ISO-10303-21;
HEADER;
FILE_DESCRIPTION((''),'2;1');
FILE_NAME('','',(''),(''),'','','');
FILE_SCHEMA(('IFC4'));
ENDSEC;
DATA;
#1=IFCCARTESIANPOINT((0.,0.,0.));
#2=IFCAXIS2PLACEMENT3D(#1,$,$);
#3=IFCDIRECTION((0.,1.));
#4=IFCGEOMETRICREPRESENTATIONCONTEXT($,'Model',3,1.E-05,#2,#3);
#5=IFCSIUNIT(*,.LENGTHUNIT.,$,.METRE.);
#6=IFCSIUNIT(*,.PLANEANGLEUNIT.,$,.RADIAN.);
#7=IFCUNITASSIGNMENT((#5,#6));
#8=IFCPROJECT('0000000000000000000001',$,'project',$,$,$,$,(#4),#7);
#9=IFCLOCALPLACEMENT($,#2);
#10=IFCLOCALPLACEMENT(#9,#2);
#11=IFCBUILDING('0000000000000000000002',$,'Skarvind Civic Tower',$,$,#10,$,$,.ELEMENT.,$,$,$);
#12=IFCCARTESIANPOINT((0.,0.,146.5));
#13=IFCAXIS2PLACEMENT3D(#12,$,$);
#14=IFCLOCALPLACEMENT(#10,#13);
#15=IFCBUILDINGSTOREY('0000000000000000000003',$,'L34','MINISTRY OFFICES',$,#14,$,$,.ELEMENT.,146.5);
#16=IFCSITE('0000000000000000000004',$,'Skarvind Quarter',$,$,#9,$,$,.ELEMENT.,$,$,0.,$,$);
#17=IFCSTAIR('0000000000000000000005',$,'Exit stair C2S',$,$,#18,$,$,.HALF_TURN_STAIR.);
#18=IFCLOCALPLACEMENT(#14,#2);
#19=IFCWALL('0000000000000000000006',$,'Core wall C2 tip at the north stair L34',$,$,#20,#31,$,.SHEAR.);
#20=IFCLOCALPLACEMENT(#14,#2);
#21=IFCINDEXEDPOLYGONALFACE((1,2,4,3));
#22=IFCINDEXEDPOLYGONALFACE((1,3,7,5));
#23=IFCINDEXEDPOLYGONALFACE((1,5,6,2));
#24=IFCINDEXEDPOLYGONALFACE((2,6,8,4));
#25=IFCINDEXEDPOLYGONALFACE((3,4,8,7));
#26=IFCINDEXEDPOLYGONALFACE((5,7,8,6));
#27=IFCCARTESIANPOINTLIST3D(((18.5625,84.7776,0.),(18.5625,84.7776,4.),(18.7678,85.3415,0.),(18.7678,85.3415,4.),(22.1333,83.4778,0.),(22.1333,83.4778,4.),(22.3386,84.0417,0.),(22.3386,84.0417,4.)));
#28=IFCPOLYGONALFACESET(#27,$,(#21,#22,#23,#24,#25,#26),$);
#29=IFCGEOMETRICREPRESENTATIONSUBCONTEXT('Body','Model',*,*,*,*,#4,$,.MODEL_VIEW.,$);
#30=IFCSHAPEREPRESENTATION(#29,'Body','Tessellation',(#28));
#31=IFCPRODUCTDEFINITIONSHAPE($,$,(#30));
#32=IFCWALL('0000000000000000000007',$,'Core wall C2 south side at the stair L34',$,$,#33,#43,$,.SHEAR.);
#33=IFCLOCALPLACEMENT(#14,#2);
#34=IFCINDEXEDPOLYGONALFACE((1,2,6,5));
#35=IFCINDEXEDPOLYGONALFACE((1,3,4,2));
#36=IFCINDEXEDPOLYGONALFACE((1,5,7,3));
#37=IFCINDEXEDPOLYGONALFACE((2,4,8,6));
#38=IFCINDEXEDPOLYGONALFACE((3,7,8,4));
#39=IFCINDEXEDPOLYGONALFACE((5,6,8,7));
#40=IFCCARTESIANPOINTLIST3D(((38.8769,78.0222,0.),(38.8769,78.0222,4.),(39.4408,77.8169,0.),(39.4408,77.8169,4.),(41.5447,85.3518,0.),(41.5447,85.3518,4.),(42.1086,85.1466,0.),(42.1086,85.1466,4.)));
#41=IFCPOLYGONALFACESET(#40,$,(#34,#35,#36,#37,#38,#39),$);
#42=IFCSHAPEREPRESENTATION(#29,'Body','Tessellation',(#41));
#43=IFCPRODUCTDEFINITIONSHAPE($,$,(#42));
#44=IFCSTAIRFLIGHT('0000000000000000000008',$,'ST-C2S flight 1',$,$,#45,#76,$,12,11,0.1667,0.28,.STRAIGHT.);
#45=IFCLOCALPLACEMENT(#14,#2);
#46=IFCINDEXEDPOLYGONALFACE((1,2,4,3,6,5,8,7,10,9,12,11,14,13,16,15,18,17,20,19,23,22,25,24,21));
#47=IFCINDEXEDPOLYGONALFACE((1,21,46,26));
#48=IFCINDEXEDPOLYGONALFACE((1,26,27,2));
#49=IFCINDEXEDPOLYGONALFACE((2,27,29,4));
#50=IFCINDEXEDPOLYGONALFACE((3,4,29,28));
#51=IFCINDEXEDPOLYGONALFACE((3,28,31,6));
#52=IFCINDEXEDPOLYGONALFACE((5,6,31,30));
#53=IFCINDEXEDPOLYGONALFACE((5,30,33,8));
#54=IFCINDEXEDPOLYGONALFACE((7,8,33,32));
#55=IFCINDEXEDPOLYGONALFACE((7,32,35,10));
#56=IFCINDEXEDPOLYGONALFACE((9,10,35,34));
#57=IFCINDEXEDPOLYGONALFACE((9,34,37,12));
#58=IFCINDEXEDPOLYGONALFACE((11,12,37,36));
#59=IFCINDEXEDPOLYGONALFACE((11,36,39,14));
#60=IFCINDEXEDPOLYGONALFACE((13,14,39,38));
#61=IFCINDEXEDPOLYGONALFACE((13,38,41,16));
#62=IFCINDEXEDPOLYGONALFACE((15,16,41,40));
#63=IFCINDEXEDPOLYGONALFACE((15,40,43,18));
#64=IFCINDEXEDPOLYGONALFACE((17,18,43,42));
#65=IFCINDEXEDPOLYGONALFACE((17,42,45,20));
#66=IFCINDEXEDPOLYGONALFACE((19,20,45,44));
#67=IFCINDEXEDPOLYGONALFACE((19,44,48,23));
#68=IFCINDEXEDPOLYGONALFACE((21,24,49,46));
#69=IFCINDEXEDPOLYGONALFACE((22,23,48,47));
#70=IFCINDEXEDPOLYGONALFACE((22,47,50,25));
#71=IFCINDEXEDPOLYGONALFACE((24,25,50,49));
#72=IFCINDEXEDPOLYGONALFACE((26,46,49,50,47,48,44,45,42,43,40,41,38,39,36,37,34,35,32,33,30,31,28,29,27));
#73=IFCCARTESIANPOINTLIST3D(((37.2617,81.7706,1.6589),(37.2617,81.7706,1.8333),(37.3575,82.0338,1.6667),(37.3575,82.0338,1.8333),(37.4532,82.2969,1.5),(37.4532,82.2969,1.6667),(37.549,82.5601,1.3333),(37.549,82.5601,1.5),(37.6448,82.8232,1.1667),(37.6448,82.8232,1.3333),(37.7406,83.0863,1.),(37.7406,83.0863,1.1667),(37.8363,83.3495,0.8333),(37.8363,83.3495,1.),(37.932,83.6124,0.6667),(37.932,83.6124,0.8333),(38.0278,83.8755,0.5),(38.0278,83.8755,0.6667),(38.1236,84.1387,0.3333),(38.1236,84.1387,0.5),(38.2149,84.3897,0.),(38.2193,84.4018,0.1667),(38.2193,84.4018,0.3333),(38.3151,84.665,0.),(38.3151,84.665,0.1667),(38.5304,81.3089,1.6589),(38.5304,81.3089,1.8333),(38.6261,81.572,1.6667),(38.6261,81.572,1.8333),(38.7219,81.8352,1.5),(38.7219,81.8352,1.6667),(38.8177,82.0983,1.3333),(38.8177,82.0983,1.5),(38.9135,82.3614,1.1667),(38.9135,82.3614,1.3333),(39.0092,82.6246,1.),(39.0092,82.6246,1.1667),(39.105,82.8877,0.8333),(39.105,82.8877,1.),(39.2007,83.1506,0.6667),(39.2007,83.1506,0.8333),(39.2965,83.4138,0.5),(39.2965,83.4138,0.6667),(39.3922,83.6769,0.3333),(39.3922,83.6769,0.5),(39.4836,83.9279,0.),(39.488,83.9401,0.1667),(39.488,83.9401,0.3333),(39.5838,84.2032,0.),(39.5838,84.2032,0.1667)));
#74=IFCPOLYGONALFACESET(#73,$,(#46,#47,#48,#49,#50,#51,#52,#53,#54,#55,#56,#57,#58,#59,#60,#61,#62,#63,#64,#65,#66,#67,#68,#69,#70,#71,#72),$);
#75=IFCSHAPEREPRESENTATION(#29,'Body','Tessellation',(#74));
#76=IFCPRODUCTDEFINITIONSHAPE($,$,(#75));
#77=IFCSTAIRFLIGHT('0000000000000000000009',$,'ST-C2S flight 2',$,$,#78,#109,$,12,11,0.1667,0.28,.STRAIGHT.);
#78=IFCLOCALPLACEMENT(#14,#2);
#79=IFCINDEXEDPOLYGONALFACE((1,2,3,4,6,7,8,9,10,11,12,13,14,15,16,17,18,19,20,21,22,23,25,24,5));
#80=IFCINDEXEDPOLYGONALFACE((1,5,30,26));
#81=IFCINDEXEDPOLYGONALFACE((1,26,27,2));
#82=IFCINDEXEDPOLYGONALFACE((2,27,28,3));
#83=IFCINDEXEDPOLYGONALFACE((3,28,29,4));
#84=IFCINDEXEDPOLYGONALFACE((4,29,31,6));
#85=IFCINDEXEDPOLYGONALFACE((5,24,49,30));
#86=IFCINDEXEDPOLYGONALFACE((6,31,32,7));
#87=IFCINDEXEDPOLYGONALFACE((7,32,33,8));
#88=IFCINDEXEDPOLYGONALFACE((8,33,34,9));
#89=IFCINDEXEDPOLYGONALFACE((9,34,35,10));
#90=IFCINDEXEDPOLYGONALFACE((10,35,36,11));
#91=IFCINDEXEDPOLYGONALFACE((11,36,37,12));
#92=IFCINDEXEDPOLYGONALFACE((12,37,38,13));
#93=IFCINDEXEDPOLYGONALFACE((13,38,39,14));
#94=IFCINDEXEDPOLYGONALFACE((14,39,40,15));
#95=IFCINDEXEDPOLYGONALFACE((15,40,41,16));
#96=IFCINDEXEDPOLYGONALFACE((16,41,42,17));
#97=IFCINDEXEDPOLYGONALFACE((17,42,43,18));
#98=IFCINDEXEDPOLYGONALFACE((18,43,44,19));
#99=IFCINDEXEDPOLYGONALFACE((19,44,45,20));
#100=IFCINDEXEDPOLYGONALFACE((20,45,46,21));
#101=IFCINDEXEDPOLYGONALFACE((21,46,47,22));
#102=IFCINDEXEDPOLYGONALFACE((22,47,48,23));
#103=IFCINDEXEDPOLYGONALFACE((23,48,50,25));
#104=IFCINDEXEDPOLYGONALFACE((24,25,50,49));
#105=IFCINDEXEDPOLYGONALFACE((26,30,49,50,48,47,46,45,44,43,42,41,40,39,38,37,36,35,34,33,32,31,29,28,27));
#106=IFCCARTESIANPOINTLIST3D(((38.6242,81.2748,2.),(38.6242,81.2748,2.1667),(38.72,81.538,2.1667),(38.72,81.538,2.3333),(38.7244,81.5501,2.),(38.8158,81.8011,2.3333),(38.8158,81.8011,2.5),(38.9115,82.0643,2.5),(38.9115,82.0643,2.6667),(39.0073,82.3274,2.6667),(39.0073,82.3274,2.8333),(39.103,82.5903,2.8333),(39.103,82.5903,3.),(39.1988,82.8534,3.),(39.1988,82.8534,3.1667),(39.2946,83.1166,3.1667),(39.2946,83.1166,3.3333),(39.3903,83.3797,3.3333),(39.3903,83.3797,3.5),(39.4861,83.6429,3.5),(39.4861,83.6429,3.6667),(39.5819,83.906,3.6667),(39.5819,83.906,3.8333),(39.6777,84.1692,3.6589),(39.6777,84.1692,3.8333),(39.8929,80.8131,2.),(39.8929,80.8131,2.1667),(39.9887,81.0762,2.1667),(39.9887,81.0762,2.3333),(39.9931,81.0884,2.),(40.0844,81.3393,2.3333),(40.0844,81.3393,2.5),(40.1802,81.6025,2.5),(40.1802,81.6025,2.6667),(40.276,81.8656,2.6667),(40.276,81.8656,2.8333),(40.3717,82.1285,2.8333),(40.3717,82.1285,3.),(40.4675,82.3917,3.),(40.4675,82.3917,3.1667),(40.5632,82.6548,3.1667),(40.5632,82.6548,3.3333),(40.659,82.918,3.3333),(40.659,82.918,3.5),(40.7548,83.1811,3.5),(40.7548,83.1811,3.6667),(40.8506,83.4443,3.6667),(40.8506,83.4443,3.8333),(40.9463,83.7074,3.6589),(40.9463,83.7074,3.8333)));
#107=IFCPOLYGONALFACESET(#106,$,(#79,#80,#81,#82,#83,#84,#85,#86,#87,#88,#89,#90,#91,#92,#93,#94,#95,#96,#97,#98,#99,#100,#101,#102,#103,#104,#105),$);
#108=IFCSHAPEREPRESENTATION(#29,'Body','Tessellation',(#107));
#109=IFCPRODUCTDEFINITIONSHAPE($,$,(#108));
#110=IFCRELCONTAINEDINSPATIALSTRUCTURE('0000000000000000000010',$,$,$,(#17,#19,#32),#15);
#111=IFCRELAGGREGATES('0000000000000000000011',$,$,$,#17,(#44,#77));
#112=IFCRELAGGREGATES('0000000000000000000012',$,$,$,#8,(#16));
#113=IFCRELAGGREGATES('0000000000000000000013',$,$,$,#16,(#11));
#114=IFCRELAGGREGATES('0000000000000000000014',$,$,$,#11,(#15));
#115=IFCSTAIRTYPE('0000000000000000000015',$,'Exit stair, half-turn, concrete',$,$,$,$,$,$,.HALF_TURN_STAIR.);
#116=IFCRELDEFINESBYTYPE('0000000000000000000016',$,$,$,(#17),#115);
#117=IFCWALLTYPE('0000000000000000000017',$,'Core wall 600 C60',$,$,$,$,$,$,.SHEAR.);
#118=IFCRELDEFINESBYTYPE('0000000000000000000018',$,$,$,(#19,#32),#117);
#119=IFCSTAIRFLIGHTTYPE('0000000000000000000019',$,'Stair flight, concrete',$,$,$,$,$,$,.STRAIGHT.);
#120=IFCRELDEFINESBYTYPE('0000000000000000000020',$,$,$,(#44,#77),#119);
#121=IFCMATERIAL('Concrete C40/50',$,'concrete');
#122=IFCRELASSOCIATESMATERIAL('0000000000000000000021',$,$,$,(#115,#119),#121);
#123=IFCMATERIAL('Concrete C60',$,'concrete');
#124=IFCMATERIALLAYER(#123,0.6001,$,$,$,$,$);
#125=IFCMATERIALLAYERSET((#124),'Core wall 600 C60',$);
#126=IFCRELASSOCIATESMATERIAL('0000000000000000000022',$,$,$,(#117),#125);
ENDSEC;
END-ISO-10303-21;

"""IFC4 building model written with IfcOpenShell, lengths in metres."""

from ifc_helpers import new_model, si_unit, direction, frame, frame_2d, origin, place, context, subcontext, project, spatial, polyline, rectangle, outline, extrude, material, layer, layer_set, type_object, element, aggregate, save


model = new_model("IFC4")

# Units and contexts
model_context = context("Model", 3, precision=1e-05, world=origin(), true_north=direction((0.0, 1.0)))
body_context = subcontext(model_context, "Body", "Model", "MODEL_VIEW")
ifc_project = project(units=[si_unit("LENGTHUNIT", "METRE"), si_unit("PLANEANGLEUNIT", "RADIAN")], contexts=[model_context])

# Site, building, storey
site_placement = place(None, origin())
site = spatial("IfcSite", under=ifc_project, at=site_placement, Name="Skarvind Quarter", CompositionType="ELEMENT", RefElevation=0.0)
building_placement = place(site_placement, origin())
building = spatial("IfcBuilding", under=site, at=building_placement, Name="Skarvind Civic Tower", CompositionType="ELEMENT")
storey_placement = place(building_placement, frame((0.0, 0.0, 146.5)))
storey = spatial("IfcBuildingStorey", under=building, at=storey_placement, Name="L34", Description="MINISTRY OFFICES", CompositionType="ELEMENT", Elevation=146.5)

# Shared definitions
ifc_material_1 = material(Name="Concrete C40/50", Category="concrete")

# Stair
stair_type_1 = type_object("IfcStairType", Name="Exit stair, half-turn, concrete", PredefinedType="HALF_TURN_STAIR", material=ifc_material_1)
stair_1_placement = place(storey_placement, origin())
stair_1 = element("IfcStair", 1, at=stair_1_placement, inside=storey, type_object=stair_type_1, Name="Exit stair C2S", PredefinedType="HALF_TURN_STAIR")

# Shared definitions
ifc_material_2 = material(Name="Concrete C60", Category="concrete")

# Walls
ifc_layer_1 = layer(ifc_material_2, 0.6001)
ifc_layer_set_1 = layer_set([ifc_layer_1], Name="Core wall 600 C60")
wall_type_1 = type_object("IfcWallType", Name="Core wall 600 C60", PredefinedType="SHEAR", material=ifc_layer_set_1)
for number, where, z_axis, x_axis, name in (
    (2, (22.2358, 83.7598, 0.0), (0.0, 0.0, 1.0), (-0.939681, 0.342053, 0.0), "Core wall C2 tip at the north stair L34"),
):
    element("IfcWall", number, at=place(storey_placement, frame(where, z_axis=z_axis, x_axis=x_axis)), inside=storey, type_object=wall_type_1, Name=name, PredefinedType="SHEAR", context=body_context, shape_type="SweptSolid", body=[
        extrude(rectangle(XDim=3.8, YDim=0.6001, at=frame_2d((1.8999, 0.0))), origin(), (0.0, 0.0, 1.0), 4.0),
    ])
wall_1_placement = place(storey_placement, frame((39.1589, 77.9197, 0.0), z_axis=(0.0, 0.0, 1.0), x_axis=(0.342017, 0.939694, 0.0)))
element("IfcWall", 3, at=wall_1_placement, inside=storey, type_object=wall_type_1, Name="Core wall C2 south side at the stair L34", PredefinedType="SHEAR", context=body_context, shape_type="SweptSolid", body=[
    extrude(rectangle(XDim=7.8, YDim=0.6001, at=frame_2d((3.8999, 0.0))), origin(), (0.0, 0.0, 1.0), 4.0),
])

# Stair flights
stair_flight_type = type_object("IfcStairFlightType", Name="Stair flight, concrete", PredefinedType="STRAIGHT", material=ifc_material_1)
stair_flight_1_placement = place(storey_placement, frame((38.9495, 84.4341, 0.0), z_axis=(0.0, 0.0, 1.0), x_axis=(-0.34202, -0.939693, 0.0)))
stair_flight_1 = element("IfcStairFlight", 4, at=stair_flight_1_placement, type_object=stair_flight_type, Name="ST-C2S flight 1", NumberOfRisers=12, NumberOfTreads=11, PredefinedType="STRAIGHT", RiserHeight=0.1667, TreadLength=0.28, context=body_context, shape_type="SweptSolid", body=[
    extrude(outline(polyline([(0.0, 0.0), (0.0, 0.1667), (0.28, 0.1667), (0.28, 0.3333), (0.5601, 0.3333), (0.5601, 0.5), (0.8401, 0.5), (0.8401, 0.6667), (1.1201, 0.6667), (1.1201, 0.8333), (1.3999, 0.8333), (1.3999, 1.0), (1.6799, 1.0), (1.6799, 1.1667), (1.96, 1.1667), (1.96, 1.3333), (2.24, 1.3333), (2.24, 1.5), (2.52, 1.5), (2.52, 1.6667), (2.8, 1.6667), (2.8, 1.8333), (3.0801, 1.8333), (3.0801, 2.0), (3.0801, 1.6589), (0.293, 0.0), (0.0, 0.0)])), frame((0.0, 0.675, 0.0), z_axis=(0.0, -1.0, 0.0), x_axis=(1.0, 0.0, 0.0)), (0.0, 0.0, 1.0), 1.3501),
])
stair_flight_2_placement = place(storey_placement, frame((39.2585, 81.0439, 2.0), z_axis=(0.0, 0.0, 1.0), x_axis=(0.34202, 0.939693, 0.0)))
stair_flight_2 = element("IfcStairFlight", 5, at=stair_flight_2_placement, type_object=stair_flight_type, Name="ST-C2S flight 2", NumberOfRisers=12, NumberOfTreads=11, PredefinedType="STRAIGHT", RiserHeight=0.1667, TreadLength=0.28, context=body_context, shape_type="SweptSolid", body=[
    extrude(outline(polyline([(0.0, 0.0), (0.0, 0.1667), (0.28, 0.1667), (0.28, 0.3333), (0.5601, 0.3333), (0.5601, 0.5), (0.8401, 0.5), (0.8401, 0.6667), (1.1201, 0.6667), (1.1201, 0.8333), (1.3999, 0.8333), (1.3999, 1.0), (1.6799, 1.0), (1.6799, 1.1667), (1.96, 1.1667), (1.96, 1.3333), (2.24, 1.3333), (2.24, 1.5), (2.52, 1.5), (2.52, 1.6667), (2.8, 1.6667), (2.8, 1.8333), (3.0801, 1.8333), (3.0801, 2.0), (3.0801, 1.6589), (0.293, 0.0), (0.0, 0.0)])), frame((0.0, 0.675, 0.0), z_axis=(0.0, -1.0, 0.0), x_axis=(1.0, 0.0, 0.0)), (0.0, 0.0, 1.0), 1.3501),
])
aggregate(stair_1, [stair_flight_1, stair_flight_2])

save(model, "model.ifc")
